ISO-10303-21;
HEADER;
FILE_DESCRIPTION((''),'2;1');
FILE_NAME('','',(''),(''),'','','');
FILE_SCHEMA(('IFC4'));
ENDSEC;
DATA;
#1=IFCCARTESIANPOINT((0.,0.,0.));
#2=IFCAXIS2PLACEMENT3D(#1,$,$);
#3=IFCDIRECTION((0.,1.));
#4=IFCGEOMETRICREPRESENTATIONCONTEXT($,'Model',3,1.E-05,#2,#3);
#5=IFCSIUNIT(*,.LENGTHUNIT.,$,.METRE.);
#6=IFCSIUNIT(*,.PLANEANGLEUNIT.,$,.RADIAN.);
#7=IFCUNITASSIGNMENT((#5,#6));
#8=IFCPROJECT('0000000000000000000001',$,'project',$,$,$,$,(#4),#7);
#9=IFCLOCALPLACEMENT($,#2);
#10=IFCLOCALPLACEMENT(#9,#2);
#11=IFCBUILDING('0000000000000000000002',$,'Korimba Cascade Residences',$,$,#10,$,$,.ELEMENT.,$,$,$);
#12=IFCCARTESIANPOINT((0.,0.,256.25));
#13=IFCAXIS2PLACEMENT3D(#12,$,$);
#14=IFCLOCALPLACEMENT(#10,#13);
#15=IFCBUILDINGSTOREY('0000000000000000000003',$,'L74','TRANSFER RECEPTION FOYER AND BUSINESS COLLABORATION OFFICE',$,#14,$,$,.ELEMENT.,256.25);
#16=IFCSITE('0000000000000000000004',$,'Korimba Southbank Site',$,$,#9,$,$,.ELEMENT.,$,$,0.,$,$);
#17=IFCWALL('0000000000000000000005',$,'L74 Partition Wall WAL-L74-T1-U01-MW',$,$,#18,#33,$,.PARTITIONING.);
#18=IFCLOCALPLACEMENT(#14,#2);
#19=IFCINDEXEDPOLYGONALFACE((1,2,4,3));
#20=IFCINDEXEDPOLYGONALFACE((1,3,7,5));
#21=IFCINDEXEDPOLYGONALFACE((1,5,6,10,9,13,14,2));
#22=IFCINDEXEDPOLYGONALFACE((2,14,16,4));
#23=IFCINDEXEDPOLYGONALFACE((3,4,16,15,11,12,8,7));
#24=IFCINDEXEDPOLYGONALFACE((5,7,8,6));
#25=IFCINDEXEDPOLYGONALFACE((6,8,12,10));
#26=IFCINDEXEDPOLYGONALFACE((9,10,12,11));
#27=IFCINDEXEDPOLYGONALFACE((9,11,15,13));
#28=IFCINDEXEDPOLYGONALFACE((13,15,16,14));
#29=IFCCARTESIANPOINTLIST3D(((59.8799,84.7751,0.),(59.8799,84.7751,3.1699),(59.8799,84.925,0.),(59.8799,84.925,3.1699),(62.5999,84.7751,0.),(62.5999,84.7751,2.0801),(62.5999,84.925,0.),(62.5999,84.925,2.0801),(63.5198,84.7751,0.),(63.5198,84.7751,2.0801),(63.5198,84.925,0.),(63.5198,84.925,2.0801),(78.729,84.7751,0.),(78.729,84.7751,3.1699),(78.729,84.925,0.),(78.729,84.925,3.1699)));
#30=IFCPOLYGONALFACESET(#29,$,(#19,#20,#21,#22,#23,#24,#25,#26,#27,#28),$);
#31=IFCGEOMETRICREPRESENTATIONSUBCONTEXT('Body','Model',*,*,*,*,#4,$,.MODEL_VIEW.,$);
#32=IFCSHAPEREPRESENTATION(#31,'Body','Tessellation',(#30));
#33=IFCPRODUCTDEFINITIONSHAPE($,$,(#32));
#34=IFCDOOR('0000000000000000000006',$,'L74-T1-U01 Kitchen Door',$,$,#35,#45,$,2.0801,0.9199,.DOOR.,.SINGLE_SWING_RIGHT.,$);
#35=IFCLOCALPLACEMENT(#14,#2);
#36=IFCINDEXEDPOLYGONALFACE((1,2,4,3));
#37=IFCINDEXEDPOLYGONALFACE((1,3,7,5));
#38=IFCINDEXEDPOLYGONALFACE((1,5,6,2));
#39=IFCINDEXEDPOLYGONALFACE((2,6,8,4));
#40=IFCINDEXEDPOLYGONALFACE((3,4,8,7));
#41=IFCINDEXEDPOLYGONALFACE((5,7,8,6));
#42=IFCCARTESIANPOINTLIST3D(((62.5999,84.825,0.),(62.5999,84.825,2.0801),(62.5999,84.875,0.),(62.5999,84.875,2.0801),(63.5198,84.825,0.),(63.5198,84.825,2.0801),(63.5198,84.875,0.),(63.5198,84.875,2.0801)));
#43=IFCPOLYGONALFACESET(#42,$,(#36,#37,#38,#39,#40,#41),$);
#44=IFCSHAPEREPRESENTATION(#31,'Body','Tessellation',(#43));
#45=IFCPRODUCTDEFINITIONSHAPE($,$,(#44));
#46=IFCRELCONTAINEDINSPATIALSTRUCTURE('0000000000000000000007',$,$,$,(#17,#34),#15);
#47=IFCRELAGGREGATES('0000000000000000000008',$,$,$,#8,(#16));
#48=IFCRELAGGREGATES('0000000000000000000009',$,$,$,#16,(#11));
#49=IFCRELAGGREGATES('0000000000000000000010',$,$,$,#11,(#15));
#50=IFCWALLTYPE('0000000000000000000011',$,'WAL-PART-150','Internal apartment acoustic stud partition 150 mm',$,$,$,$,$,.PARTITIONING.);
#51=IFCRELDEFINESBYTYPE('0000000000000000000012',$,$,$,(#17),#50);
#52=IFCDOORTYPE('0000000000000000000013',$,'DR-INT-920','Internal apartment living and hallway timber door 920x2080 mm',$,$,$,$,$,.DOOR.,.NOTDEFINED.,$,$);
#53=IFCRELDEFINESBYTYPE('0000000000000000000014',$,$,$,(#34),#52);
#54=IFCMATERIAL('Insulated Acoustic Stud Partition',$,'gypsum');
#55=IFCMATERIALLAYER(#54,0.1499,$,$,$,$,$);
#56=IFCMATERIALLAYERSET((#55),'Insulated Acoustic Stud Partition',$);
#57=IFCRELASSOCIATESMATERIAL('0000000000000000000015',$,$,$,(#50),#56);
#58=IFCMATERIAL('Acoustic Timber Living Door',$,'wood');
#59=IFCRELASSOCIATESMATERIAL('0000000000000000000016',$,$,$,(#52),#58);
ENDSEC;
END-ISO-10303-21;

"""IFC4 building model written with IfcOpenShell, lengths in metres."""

from ifc_helpers import new_model, si_unit, direction, frame, frame_2d, origin, place, context, subcontext, project, spatial, rectangle, extrude, material, layer, layer_set, type_object, element, fill, save


model = new_model("IFC4")

# Units and contexts
model_context = context("Model", 3, precision=1e-05, world=origin(), true_north=direction((0.0, 1.0)))
body_context = subcontext(model_context, "Body", "Model", "MODEL_VIEW")
ifc_project = project(units=[si_unit("LENGTHUNIT", "METRE"), si_unit("PLANEANGLEUNIT", "RADIAN")], contexts=[model_context])

# Site, building, storey
site_placement = place(None, origin())
site = spatial("IfcSite", under=ifc_project, at=site_placement, Name="Korimba Southbank Site", CompositionType="ELEMENT", RefElevation=0.0)
building_placement = place(site_placement, origin())
building = spatial("IfcBuilding", under=site, at=building_placement, Name="Korimba Cascade Residences", CompositionType="ELEMENT")
storey_placement = place(building_placement, frame((0.0, 0.0, 256.25)))
storey = spatial("IfcBuildingStorey", under=building, at=storey_placement, Name="L74", Description="TRANSFER RECEPTION FOYER AND BUSINESS COLLABORATION OFFICE", CompositionType="ELEMENT", Elevation=256.25)

# Wall, opening, door
ifc_material_1 = material(Name="Insulated Acoustic Stud Partition", Category="gypsum")
ifc_layer_1 = layer(ifc_material_1, 0.1499)
ifc_layer_set_1 = layer_set([ifc_layer_1], Name="Insulated Acoustic Stud Partition")
wall_type_1 = type_object("IfcWallType", Name="WAL-PART-150", Description="Internal apartment acoustic stud partition 150 mm", PredefinedType="PARTITIONING", material=ifc_layer_set_1)
wall_1_placement = place(storey_placement, frame((59.8799, 84.8501, 0.0), z_axis=(0.0, 0.0, 1.0), x_axis=(1.0, 0.0, 0.0)))
wall_1 = element("IfcWall", 1, at=wall_1_placement, inside=storey, type_object=wall_type_1, Name="L74 Partition Wall WAL-L74-T1-U01-MW", PredefinedType="PARTITIONING", context=body_context, shape_type="SweptSolid", body=[
    extrude(rectangle(XDim=18.8491, YDim=0.1499, at=frame_2d((9.4246, 0.0))), origin(), (0.0, 0.0, 1.0), 3.1699),
])
opening_1_placement = place(wall_1_placement, frame((2.72, 0.0, 0.0)))
opening_1 = element("IfcOpeningElement", 2, at=opening_1_placement, cuts=wall_1, PredefinedType="OPENING", context=body_context, shape_type="SweptSolid", body=[
    extrude(rectangle(XDim=0.9199, YDim=2.0801, at=frame_2d((0.46, 1.04))), frame((0.0, 0.085, 0.0), z_axis=(0.0, -1.0, 0.0), x_axis=(1.0, 0.0, 0.0)), (0.0, 0.0, 1.0), 0.1699),
])
ifc_material_2 = material(Name="Acoustic Timber Living Door", Category="wood")
door_type_1 = type_object("IfcDoorType", Name="DR-INT-920", Description="Internal apartment living and hallway timber door 920x2080 mm", OperationType="NOTDEFINED", PredefinedType="DOOR", material=ifc_material_2)
door_1_placement = place(opening_1_placement, origin())
door_1 = element("IfcDoor", 3, at=door_1_placement, inside=storey, type_object=door_type_1, Name="L74-T1-U01 Kitchen Door", OperationType="SINGLE_SWING_RIGHT", OverallHeight=2.0801, OverallWidth=0.9199, PredefinedType="DOOR", context=body_context, shape_type="SweptSolid", body=[
    extrude(rectangle(XDim=0.9199, YDim=2.0801, at=frame_2d((0.46, 1.04))), frame((0.0, 0.0249, 0.0), z_axis=(0.0, -1.0, 0.0), x_axis=(1.0, 0.0, 0.0)), (0.0, 0.0, 1.0), 0.05),
])
fill(opening_1, door_1)

save(model, "model.ifc")
